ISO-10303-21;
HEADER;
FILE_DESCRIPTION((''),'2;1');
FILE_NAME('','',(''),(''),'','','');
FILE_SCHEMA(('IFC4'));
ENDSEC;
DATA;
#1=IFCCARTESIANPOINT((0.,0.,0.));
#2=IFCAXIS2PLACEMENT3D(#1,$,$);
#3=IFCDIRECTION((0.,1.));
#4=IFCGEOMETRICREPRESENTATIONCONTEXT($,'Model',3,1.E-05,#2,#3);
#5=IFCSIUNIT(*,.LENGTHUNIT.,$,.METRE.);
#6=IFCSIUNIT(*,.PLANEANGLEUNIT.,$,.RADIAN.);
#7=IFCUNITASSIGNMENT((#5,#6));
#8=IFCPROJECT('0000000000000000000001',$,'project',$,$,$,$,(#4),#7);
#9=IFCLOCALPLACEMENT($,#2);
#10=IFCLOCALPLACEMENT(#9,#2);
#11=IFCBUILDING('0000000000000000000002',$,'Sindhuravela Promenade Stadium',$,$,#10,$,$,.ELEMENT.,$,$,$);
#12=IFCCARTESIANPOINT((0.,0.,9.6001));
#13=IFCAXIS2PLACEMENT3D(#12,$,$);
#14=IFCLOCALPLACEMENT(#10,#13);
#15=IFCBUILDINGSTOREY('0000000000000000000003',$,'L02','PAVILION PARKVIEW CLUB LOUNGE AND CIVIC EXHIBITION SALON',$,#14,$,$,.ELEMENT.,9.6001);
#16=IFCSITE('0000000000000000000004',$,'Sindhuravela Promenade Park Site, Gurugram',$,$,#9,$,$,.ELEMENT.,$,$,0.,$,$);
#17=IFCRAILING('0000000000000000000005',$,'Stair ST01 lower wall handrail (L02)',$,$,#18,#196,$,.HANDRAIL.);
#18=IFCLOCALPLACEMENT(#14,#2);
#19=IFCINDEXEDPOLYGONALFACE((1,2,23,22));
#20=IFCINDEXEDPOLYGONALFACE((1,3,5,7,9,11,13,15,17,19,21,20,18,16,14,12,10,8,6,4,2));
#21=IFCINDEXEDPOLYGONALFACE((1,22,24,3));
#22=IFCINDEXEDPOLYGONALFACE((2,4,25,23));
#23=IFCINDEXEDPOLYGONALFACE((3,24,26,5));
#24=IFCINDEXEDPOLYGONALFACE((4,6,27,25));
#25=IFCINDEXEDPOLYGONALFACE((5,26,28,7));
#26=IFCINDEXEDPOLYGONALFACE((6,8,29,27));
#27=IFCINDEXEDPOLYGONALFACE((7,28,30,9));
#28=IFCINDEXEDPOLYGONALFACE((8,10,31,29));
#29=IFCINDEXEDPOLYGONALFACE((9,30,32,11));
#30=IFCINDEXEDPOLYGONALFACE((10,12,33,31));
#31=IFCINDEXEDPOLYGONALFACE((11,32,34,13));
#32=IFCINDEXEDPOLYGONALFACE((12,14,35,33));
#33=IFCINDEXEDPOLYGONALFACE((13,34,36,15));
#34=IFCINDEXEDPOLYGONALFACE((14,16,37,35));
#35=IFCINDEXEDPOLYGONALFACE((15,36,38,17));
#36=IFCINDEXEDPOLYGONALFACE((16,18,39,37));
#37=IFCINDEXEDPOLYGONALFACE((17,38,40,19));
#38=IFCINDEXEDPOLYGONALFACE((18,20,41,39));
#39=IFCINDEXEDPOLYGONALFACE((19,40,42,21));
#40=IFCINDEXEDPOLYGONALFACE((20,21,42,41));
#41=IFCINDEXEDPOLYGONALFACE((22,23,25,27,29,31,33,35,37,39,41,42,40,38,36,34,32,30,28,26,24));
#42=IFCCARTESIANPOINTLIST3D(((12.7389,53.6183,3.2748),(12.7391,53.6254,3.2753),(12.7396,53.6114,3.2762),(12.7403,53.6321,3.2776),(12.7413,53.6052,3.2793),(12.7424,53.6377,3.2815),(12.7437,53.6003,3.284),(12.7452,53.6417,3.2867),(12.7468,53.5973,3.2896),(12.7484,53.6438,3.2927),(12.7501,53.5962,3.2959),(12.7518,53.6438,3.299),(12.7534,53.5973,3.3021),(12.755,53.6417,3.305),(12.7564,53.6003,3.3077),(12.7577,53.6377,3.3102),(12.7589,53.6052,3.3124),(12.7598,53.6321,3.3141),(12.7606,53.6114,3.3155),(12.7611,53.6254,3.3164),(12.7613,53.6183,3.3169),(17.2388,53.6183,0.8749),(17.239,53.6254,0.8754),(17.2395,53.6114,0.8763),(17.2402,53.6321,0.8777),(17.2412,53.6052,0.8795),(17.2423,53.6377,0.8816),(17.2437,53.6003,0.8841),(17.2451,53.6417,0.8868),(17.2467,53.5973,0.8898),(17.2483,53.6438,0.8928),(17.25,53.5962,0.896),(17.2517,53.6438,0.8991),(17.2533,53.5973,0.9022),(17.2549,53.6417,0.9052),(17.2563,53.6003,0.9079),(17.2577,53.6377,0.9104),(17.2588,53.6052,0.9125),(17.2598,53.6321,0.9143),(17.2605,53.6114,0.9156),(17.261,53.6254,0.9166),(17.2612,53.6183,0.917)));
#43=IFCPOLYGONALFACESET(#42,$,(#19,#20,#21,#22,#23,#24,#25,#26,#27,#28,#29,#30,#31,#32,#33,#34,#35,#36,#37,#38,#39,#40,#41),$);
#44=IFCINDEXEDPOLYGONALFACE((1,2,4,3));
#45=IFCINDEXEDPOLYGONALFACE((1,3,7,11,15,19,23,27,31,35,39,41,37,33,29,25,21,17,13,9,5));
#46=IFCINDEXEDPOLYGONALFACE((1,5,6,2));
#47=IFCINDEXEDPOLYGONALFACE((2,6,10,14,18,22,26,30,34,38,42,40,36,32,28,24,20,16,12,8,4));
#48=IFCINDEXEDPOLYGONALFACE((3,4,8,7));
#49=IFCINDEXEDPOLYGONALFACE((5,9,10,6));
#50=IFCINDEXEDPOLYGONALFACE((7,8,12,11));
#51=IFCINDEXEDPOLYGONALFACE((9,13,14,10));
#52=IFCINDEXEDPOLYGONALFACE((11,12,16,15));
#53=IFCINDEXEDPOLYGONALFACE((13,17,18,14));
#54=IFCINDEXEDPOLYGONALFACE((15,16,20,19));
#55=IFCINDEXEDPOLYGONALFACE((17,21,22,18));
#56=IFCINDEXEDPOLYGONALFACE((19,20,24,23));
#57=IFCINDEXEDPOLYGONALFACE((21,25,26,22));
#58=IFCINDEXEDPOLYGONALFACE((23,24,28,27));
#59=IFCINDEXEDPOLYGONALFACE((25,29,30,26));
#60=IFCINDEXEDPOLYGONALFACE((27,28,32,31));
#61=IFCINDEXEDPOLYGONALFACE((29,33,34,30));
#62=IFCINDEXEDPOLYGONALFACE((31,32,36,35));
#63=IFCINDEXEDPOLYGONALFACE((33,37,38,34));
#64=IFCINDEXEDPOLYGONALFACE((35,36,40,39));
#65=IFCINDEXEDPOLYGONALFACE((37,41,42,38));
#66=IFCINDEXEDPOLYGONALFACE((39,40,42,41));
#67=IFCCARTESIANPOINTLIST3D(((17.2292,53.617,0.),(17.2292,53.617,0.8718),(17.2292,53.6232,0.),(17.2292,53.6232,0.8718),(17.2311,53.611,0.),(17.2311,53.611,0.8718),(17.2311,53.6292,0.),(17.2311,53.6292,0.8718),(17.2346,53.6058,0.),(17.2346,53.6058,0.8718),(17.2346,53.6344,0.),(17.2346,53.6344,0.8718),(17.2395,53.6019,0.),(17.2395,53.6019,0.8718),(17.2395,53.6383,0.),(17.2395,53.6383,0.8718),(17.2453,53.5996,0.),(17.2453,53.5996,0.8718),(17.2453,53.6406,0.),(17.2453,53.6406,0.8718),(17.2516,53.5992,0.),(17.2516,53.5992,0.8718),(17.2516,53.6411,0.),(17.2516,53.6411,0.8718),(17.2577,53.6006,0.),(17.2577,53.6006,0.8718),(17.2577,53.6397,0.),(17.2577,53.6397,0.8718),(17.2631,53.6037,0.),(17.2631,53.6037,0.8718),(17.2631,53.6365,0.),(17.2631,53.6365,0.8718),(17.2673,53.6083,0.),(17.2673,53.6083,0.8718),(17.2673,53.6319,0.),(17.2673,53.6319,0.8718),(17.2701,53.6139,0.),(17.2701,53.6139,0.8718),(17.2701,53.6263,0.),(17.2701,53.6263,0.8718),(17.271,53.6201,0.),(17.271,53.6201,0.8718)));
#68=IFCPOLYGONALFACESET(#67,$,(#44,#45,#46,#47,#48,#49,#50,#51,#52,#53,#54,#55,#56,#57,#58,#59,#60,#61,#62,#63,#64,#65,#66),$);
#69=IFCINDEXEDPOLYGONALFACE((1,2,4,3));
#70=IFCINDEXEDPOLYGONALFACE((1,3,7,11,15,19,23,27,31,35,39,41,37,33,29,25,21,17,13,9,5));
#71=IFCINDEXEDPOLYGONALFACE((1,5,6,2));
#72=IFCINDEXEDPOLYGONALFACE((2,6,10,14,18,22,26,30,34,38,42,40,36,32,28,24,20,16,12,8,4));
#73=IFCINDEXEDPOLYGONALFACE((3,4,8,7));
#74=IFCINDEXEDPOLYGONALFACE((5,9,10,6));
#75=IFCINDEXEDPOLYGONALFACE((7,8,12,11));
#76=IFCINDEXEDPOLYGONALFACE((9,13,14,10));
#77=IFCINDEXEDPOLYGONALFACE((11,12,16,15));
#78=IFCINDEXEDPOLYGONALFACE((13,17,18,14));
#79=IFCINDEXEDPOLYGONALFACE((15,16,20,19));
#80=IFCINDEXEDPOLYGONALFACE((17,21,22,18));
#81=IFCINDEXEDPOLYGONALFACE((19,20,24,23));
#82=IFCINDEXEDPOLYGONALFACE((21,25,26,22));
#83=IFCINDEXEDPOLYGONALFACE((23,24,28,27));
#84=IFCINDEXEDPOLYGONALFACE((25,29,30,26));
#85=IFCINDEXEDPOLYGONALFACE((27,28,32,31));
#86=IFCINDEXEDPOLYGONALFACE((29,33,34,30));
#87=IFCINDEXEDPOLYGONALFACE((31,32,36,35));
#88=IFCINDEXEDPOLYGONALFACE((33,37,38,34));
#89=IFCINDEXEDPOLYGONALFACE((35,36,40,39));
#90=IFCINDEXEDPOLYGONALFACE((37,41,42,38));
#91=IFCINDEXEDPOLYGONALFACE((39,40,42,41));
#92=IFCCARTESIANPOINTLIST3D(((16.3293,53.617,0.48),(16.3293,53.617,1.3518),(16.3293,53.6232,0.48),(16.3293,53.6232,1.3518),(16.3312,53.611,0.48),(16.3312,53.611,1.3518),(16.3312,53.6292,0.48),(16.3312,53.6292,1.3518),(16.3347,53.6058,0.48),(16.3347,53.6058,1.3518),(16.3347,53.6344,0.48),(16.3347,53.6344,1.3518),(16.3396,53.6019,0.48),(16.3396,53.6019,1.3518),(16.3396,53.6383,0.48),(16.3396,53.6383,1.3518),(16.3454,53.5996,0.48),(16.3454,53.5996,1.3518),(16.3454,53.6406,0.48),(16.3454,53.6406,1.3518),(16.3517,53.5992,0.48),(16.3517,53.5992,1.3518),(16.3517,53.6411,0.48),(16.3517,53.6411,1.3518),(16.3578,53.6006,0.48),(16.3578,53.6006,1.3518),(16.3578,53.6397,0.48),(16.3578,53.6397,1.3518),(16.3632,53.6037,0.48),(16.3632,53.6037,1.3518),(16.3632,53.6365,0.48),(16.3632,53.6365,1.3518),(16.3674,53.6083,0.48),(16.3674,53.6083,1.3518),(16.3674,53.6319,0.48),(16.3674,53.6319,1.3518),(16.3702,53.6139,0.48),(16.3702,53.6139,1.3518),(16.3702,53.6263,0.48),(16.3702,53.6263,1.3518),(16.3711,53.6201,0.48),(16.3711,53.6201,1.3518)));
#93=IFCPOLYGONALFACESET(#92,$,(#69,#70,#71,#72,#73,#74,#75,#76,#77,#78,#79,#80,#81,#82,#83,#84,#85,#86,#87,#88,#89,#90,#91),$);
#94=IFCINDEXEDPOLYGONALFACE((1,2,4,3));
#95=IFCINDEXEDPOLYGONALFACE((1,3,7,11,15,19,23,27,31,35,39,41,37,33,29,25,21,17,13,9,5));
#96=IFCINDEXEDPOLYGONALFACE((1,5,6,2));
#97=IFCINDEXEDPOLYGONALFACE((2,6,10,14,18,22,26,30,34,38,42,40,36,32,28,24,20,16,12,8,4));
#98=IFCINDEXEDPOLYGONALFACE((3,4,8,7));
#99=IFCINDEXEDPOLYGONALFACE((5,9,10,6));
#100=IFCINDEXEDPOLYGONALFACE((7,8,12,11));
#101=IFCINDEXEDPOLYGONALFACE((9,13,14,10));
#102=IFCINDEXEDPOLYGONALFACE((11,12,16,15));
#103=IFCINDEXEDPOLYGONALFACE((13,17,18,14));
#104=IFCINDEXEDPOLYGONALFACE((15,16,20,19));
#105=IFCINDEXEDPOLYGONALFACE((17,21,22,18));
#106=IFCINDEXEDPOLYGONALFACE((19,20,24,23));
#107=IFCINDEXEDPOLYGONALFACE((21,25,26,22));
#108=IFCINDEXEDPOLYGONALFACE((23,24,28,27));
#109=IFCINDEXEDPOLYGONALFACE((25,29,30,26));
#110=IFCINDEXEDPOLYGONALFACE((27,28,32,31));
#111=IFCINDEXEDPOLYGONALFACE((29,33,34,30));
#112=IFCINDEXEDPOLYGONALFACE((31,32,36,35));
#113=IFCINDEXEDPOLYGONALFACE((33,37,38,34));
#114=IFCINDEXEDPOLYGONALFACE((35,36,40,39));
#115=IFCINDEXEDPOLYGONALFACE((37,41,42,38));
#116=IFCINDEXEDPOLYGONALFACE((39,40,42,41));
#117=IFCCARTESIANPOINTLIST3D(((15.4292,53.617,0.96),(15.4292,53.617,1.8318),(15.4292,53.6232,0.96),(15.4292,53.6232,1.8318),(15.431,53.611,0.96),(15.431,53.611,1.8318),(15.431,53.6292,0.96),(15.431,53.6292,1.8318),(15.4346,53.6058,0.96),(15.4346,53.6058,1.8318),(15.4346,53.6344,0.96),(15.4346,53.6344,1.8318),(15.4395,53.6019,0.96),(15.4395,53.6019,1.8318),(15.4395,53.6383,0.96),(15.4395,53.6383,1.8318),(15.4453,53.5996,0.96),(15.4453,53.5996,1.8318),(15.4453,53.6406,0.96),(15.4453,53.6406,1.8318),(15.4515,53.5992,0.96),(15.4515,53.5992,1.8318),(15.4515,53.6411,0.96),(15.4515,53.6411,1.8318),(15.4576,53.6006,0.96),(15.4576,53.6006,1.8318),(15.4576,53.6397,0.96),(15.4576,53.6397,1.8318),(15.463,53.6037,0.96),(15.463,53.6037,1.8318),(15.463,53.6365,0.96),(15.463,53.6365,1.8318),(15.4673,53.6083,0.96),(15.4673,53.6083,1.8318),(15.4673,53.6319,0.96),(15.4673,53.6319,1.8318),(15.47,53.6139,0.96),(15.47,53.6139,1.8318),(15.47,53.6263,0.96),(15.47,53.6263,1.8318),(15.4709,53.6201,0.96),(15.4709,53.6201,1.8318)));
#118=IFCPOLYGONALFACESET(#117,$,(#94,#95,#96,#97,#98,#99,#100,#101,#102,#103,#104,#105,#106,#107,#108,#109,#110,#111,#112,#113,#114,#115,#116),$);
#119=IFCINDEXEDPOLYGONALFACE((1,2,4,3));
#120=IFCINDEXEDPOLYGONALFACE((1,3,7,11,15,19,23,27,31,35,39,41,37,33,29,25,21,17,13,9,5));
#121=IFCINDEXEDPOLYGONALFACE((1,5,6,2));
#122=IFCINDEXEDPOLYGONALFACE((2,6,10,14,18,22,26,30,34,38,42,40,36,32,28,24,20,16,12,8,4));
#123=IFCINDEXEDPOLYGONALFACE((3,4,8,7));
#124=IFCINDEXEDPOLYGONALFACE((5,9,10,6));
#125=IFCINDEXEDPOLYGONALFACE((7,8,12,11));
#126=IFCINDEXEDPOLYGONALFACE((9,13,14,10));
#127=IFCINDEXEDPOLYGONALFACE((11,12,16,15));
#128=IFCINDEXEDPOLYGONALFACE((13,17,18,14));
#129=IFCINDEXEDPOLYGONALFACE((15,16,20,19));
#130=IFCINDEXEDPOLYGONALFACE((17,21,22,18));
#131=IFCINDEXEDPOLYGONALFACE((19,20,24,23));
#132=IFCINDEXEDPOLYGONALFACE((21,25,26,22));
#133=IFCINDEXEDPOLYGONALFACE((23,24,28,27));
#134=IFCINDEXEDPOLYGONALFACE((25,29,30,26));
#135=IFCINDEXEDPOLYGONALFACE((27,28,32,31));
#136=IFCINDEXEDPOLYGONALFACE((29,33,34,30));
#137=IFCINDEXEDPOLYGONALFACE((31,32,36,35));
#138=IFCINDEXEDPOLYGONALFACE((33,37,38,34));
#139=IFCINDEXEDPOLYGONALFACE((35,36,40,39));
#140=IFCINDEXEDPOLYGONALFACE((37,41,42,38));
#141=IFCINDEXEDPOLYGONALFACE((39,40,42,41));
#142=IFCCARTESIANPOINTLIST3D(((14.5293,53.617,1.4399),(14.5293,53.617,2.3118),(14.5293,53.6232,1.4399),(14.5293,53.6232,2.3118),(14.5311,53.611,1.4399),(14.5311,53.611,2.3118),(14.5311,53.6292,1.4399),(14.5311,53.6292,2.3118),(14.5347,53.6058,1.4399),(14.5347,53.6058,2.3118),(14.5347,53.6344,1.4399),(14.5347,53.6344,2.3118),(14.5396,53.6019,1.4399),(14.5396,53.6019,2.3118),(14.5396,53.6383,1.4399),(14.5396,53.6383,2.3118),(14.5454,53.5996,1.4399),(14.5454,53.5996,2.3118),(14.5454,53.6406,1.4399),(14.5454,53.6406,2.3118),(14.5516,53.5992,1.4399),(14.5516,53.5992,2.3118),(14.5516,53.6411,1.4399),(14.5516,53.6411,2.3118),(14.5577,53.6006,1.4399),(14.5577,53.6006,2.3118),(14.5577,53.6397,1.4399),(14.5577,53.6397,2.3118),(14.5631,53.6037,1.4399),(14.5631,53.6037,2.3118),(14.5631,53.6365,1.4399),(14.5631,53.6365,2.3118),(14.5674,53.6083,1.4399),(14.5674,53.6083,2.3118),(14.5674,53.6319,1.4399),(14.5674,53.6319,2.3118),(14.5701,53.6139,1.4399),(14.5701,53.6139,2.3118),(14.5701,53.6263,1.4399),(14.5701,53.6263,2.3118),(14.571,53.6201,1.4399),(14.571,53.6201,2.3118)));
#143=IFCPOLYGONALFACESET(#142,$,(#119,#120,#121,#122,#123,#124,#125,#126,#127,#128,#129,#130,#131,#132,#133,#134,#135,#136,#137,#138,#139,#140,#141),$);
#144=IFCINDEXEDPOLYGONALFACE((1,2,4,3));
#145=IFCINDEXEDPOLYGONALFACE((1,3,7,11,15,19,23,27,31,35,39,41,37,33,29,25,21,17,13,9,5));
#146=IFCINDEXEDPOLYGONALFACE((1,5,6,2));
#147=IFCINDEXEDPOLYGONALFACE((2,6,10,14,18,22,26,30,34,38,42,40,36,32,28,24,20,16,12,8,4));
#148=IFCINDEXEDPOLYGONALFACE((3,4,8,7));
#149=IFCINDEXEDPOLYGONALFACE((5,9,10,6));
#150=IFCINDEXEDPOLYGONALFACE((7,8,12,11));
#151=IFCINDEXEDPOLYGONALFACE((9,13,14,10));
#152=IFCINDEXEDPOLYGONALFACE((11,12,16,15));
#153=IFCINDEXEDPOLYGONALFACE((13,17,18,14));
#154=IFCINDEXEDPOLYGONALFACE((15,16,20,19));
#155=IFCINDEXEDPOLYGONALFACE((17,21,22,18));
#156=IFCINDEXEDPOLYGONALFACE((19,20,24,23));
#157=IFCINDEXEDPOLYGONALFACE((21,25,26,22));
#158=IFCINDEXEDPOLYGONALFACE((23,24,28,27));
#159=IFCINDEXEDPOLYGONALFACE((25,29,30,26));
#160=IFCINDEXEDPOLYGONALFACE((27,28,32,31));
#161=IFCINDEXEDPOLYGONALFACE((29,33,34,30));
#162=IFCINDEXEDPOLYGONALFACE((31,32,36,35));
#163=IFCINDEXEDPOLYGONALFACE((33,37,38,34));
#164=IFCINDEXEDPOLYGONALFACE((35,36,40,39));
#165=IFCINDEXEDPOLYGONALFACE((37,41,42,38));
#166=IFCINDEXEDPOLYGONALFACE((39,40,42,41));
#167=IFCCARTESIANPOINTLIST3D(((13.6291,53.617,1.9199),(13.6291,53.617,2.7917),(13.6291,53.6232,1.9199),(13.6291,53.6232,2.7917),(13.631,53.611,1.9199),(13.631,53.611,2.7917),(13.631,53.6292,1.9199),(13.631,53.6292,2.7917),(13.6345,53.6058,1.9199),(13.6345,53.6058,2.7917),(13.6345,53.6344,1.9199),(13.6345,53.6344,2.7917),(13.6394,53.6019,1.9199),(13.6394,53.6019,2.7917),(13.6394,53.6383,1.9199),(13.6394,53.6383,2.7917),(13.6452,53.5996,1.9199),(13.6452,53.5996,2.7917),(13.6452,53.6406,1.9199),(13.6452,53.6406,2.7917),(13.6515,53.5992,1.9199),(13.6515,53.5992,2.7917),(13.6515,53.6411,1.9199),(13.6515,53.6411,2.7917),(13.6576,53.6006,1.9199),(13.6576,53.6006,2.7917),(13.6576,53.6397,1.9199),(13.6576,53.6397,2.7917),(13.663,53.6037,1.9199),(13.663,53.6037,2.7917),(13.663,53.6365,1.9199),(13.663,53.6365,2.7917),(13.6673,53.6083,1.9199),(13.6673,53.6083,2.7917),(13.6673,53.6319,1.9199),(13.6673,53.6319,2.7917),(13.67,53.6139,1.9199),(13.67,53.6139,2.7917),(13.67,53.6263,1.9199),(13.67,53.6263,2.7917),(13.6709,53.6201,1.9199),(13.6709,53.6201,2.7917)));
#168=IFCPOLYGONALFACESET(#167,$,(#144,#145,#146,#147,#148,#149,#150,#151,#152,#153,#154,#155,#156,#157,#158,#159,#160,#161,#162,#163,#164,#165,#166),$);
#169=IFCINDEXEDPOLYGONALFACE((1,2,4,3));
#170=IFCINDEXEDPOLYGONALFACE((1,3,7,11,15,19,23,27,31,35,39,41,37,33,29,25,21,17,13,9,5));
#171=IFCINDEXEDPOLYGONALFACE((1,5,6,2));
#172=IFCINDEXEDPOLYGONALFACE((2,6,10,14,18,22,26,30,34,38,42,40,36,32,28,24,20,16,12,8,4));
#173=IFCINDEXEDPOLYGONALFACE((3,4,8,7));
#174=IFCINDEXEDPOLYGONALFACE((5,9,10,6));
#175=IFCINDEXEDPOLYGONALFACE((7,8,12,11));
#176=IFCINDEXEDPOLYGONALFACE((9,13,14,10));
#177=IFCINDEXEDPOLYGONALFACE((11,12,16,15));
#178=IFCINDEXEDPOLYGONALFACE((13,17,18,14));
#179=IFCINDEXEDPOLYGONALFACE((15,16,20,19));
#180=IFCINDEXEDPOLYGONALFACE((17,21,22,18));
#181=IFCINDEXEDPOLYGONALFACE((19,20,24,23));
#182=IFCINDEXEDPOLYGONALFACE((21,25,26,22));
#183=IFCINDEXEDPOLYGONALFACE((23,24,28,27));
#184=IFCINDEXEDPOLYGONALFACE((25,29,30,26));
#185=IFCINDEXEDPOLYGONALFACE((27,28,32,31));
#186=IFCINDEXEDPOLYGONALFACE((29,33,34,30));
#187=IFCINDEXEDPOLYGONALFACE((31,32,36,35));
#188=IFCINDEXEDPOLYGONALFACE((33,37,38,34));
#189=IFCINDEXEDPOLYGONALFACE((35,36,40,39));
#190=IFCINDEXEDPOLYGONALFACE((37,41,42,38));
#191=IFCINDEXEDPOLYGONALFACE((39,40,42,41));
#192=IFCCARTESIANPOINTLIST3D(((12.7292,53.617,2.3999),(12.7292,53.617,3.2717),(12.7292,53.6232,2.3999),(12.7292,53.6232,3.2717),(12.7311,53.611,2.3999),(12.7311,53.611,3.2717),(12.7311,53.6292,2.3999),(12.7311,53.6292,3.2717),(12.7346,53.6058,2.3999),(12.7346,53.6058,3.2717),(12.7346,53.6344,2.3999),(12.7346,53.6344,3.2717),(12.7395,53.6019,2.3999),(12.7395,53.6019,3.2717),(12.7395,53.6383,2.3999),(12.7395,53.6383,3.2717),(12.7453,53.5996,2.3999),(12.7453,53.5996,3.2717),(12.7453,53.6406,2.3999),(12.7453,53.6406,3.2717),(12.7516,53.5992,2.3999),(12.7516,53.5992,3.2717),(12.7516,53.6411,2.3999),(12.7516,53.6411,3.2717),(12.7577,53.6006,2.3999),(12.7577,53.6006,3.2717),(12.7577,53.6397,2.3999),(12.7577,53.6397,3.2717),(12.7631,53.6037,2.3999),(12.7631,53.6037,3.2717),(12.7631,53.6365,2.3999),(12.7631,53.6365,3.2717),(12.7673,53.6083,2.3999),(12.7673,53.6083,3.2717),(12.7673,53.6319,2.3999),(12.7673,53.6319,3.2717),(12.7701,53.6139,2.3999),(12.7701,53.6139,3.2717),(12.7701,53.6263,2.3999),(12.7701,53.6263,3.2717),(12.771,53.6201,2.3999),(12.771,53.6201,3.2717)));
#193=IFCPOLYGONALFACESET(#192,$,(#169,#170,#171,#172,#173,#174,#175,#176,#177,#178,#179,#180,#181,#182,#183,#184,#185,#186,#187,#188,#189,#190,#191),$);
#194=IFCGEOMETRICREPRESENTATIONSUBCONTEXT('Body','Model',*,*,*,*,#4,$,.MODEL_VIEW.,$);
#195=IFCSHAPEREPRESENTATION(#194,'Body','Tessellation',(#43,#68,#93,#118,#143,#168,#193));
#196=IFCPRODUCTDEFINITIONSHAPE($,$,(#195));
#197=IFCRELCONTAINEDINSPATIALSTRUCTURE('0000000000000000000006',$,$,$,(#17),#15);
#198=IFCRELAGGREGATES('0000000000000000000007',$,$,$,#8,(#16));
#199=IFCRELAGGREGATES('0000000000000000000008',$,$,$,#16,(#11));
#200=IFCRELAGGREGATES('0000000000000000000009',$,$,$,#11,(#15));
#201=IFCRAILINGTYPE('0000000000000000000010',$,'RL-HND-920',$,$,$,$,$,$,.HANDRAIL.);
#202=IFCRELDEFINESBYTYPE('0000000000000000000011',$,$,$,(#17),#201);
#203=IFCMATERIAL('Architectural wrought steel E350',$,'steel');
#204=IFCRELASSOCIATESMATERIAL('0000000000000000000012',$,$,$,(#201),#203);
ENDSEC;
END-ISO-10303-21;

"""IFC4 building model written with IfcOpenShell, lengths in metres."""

from ifc_helpers import new_model, si_unit, direction, frame, origin, origin_2d, place, context, subcontext, project, spatial, circle, extrude, material, type_object, element, save


model = new_model("IFC4")

# Units and contexts
model_context = context("Model", 3, precision=1e-05, world=origin(), true_north=direction((0.0, 1.0)))
body_context = subcontext(model_context, "Body", "Model", "MODEL_VIEW")
ifc_project = project(units=[si_unit("LENGTHUNIT", "METRE"), si_unit("PLANEANGLEUNIT", "RADIAN")], contexts=[model_context])

# Site, building, storey
site_placement = place(None, origin())
site = spatial("IfcSite", under=ifc_project, at=site_placement, Name="Sindhuravela Promenade Park Site, Gurugram", CompositionType="ELEMENT", RefElevation=0.0)
building_placement = place(site_placement, origin())
building = spatial("IfcBuilding", under=site, at=building_placement, Name="Sindhuravela Promenade Stadium", CompositionType="ELEMENT")
storey_placement = place(building_placement, frame((0.0, 0.0, 9.6001)))
storey = spatial("IfcBuildingStorey", under=building, at=storey_placement, Name="L02", Description="PAVILION PARKVIEW CLUB LOUNGE AND CIVIC EXHIBITION SALON", CompositionType="ELEMENT", Elevation=9.6001)

# Shared definitions
ifc_material_1 = material(Name="Architectural wrought steel E350", Category="steel")

# Railing
railing_type_1 = type_object("IfcRailingType", Name="RL-HND-920", PredefinedType="HANDRAIL", material=ifc_material_1)
railing_1_placement = place(storey_placement, frame((17.25, 53.6201, 0.0)))
element("IfcRailing", 1, at=railing_1_placement, inside=storey, type_object=railing_type_1, Name="Stair ST01 lower wall handrail (L02)", PredefinedType="HANDRAIL", context=body_context, shape_type="SweptSolid", body=[
    extrude(circle(Radius=0.0239, at=origin_2d()), frame((0.0, 0.0, 0.896), z_axis=(-0.882361, 0.0, 0.470573), x_axis=(0.0, -1.0, 0.0)), (0.0, 0.0, 1.0), 5.0999),
    extrude(circle(Radius=0.021, at=origin_2d()), origin(), (0.0, 0.0, 1.0), 0.8718),
    extrude(circle(Radius=0.021, at=origin_2d()), frame((-0.8999, 0.0, 0.48)), (0.0, 0.0, 1.0), 0.8718),
    extrude(circle(Radius=0.021, at=origin_2d()), frame((-1.8, 0.0, 0.96)), (0.0, 0.0, 1.0), 0.8718),
    extrude(circle(Radius=0.021, at=origin_2d()), frame((-2.7, 0.0, 1.4399)), (0.0, 0.0, 1.0), 0.8718),
    extrude(circle(Radius=0.021, at=origin_2d()), frame((-3.6001, 0.0, 1.9199)), (0.0, 0.0, 1.0), 0.8718),
    extrude(circle(Radius=0.021, at=origin_2d()), frame((-4.5, 0.0, 2.3999)), (0.0, 0.0, 1.0), 0.8718),
])

save(model, "model.ifc")
